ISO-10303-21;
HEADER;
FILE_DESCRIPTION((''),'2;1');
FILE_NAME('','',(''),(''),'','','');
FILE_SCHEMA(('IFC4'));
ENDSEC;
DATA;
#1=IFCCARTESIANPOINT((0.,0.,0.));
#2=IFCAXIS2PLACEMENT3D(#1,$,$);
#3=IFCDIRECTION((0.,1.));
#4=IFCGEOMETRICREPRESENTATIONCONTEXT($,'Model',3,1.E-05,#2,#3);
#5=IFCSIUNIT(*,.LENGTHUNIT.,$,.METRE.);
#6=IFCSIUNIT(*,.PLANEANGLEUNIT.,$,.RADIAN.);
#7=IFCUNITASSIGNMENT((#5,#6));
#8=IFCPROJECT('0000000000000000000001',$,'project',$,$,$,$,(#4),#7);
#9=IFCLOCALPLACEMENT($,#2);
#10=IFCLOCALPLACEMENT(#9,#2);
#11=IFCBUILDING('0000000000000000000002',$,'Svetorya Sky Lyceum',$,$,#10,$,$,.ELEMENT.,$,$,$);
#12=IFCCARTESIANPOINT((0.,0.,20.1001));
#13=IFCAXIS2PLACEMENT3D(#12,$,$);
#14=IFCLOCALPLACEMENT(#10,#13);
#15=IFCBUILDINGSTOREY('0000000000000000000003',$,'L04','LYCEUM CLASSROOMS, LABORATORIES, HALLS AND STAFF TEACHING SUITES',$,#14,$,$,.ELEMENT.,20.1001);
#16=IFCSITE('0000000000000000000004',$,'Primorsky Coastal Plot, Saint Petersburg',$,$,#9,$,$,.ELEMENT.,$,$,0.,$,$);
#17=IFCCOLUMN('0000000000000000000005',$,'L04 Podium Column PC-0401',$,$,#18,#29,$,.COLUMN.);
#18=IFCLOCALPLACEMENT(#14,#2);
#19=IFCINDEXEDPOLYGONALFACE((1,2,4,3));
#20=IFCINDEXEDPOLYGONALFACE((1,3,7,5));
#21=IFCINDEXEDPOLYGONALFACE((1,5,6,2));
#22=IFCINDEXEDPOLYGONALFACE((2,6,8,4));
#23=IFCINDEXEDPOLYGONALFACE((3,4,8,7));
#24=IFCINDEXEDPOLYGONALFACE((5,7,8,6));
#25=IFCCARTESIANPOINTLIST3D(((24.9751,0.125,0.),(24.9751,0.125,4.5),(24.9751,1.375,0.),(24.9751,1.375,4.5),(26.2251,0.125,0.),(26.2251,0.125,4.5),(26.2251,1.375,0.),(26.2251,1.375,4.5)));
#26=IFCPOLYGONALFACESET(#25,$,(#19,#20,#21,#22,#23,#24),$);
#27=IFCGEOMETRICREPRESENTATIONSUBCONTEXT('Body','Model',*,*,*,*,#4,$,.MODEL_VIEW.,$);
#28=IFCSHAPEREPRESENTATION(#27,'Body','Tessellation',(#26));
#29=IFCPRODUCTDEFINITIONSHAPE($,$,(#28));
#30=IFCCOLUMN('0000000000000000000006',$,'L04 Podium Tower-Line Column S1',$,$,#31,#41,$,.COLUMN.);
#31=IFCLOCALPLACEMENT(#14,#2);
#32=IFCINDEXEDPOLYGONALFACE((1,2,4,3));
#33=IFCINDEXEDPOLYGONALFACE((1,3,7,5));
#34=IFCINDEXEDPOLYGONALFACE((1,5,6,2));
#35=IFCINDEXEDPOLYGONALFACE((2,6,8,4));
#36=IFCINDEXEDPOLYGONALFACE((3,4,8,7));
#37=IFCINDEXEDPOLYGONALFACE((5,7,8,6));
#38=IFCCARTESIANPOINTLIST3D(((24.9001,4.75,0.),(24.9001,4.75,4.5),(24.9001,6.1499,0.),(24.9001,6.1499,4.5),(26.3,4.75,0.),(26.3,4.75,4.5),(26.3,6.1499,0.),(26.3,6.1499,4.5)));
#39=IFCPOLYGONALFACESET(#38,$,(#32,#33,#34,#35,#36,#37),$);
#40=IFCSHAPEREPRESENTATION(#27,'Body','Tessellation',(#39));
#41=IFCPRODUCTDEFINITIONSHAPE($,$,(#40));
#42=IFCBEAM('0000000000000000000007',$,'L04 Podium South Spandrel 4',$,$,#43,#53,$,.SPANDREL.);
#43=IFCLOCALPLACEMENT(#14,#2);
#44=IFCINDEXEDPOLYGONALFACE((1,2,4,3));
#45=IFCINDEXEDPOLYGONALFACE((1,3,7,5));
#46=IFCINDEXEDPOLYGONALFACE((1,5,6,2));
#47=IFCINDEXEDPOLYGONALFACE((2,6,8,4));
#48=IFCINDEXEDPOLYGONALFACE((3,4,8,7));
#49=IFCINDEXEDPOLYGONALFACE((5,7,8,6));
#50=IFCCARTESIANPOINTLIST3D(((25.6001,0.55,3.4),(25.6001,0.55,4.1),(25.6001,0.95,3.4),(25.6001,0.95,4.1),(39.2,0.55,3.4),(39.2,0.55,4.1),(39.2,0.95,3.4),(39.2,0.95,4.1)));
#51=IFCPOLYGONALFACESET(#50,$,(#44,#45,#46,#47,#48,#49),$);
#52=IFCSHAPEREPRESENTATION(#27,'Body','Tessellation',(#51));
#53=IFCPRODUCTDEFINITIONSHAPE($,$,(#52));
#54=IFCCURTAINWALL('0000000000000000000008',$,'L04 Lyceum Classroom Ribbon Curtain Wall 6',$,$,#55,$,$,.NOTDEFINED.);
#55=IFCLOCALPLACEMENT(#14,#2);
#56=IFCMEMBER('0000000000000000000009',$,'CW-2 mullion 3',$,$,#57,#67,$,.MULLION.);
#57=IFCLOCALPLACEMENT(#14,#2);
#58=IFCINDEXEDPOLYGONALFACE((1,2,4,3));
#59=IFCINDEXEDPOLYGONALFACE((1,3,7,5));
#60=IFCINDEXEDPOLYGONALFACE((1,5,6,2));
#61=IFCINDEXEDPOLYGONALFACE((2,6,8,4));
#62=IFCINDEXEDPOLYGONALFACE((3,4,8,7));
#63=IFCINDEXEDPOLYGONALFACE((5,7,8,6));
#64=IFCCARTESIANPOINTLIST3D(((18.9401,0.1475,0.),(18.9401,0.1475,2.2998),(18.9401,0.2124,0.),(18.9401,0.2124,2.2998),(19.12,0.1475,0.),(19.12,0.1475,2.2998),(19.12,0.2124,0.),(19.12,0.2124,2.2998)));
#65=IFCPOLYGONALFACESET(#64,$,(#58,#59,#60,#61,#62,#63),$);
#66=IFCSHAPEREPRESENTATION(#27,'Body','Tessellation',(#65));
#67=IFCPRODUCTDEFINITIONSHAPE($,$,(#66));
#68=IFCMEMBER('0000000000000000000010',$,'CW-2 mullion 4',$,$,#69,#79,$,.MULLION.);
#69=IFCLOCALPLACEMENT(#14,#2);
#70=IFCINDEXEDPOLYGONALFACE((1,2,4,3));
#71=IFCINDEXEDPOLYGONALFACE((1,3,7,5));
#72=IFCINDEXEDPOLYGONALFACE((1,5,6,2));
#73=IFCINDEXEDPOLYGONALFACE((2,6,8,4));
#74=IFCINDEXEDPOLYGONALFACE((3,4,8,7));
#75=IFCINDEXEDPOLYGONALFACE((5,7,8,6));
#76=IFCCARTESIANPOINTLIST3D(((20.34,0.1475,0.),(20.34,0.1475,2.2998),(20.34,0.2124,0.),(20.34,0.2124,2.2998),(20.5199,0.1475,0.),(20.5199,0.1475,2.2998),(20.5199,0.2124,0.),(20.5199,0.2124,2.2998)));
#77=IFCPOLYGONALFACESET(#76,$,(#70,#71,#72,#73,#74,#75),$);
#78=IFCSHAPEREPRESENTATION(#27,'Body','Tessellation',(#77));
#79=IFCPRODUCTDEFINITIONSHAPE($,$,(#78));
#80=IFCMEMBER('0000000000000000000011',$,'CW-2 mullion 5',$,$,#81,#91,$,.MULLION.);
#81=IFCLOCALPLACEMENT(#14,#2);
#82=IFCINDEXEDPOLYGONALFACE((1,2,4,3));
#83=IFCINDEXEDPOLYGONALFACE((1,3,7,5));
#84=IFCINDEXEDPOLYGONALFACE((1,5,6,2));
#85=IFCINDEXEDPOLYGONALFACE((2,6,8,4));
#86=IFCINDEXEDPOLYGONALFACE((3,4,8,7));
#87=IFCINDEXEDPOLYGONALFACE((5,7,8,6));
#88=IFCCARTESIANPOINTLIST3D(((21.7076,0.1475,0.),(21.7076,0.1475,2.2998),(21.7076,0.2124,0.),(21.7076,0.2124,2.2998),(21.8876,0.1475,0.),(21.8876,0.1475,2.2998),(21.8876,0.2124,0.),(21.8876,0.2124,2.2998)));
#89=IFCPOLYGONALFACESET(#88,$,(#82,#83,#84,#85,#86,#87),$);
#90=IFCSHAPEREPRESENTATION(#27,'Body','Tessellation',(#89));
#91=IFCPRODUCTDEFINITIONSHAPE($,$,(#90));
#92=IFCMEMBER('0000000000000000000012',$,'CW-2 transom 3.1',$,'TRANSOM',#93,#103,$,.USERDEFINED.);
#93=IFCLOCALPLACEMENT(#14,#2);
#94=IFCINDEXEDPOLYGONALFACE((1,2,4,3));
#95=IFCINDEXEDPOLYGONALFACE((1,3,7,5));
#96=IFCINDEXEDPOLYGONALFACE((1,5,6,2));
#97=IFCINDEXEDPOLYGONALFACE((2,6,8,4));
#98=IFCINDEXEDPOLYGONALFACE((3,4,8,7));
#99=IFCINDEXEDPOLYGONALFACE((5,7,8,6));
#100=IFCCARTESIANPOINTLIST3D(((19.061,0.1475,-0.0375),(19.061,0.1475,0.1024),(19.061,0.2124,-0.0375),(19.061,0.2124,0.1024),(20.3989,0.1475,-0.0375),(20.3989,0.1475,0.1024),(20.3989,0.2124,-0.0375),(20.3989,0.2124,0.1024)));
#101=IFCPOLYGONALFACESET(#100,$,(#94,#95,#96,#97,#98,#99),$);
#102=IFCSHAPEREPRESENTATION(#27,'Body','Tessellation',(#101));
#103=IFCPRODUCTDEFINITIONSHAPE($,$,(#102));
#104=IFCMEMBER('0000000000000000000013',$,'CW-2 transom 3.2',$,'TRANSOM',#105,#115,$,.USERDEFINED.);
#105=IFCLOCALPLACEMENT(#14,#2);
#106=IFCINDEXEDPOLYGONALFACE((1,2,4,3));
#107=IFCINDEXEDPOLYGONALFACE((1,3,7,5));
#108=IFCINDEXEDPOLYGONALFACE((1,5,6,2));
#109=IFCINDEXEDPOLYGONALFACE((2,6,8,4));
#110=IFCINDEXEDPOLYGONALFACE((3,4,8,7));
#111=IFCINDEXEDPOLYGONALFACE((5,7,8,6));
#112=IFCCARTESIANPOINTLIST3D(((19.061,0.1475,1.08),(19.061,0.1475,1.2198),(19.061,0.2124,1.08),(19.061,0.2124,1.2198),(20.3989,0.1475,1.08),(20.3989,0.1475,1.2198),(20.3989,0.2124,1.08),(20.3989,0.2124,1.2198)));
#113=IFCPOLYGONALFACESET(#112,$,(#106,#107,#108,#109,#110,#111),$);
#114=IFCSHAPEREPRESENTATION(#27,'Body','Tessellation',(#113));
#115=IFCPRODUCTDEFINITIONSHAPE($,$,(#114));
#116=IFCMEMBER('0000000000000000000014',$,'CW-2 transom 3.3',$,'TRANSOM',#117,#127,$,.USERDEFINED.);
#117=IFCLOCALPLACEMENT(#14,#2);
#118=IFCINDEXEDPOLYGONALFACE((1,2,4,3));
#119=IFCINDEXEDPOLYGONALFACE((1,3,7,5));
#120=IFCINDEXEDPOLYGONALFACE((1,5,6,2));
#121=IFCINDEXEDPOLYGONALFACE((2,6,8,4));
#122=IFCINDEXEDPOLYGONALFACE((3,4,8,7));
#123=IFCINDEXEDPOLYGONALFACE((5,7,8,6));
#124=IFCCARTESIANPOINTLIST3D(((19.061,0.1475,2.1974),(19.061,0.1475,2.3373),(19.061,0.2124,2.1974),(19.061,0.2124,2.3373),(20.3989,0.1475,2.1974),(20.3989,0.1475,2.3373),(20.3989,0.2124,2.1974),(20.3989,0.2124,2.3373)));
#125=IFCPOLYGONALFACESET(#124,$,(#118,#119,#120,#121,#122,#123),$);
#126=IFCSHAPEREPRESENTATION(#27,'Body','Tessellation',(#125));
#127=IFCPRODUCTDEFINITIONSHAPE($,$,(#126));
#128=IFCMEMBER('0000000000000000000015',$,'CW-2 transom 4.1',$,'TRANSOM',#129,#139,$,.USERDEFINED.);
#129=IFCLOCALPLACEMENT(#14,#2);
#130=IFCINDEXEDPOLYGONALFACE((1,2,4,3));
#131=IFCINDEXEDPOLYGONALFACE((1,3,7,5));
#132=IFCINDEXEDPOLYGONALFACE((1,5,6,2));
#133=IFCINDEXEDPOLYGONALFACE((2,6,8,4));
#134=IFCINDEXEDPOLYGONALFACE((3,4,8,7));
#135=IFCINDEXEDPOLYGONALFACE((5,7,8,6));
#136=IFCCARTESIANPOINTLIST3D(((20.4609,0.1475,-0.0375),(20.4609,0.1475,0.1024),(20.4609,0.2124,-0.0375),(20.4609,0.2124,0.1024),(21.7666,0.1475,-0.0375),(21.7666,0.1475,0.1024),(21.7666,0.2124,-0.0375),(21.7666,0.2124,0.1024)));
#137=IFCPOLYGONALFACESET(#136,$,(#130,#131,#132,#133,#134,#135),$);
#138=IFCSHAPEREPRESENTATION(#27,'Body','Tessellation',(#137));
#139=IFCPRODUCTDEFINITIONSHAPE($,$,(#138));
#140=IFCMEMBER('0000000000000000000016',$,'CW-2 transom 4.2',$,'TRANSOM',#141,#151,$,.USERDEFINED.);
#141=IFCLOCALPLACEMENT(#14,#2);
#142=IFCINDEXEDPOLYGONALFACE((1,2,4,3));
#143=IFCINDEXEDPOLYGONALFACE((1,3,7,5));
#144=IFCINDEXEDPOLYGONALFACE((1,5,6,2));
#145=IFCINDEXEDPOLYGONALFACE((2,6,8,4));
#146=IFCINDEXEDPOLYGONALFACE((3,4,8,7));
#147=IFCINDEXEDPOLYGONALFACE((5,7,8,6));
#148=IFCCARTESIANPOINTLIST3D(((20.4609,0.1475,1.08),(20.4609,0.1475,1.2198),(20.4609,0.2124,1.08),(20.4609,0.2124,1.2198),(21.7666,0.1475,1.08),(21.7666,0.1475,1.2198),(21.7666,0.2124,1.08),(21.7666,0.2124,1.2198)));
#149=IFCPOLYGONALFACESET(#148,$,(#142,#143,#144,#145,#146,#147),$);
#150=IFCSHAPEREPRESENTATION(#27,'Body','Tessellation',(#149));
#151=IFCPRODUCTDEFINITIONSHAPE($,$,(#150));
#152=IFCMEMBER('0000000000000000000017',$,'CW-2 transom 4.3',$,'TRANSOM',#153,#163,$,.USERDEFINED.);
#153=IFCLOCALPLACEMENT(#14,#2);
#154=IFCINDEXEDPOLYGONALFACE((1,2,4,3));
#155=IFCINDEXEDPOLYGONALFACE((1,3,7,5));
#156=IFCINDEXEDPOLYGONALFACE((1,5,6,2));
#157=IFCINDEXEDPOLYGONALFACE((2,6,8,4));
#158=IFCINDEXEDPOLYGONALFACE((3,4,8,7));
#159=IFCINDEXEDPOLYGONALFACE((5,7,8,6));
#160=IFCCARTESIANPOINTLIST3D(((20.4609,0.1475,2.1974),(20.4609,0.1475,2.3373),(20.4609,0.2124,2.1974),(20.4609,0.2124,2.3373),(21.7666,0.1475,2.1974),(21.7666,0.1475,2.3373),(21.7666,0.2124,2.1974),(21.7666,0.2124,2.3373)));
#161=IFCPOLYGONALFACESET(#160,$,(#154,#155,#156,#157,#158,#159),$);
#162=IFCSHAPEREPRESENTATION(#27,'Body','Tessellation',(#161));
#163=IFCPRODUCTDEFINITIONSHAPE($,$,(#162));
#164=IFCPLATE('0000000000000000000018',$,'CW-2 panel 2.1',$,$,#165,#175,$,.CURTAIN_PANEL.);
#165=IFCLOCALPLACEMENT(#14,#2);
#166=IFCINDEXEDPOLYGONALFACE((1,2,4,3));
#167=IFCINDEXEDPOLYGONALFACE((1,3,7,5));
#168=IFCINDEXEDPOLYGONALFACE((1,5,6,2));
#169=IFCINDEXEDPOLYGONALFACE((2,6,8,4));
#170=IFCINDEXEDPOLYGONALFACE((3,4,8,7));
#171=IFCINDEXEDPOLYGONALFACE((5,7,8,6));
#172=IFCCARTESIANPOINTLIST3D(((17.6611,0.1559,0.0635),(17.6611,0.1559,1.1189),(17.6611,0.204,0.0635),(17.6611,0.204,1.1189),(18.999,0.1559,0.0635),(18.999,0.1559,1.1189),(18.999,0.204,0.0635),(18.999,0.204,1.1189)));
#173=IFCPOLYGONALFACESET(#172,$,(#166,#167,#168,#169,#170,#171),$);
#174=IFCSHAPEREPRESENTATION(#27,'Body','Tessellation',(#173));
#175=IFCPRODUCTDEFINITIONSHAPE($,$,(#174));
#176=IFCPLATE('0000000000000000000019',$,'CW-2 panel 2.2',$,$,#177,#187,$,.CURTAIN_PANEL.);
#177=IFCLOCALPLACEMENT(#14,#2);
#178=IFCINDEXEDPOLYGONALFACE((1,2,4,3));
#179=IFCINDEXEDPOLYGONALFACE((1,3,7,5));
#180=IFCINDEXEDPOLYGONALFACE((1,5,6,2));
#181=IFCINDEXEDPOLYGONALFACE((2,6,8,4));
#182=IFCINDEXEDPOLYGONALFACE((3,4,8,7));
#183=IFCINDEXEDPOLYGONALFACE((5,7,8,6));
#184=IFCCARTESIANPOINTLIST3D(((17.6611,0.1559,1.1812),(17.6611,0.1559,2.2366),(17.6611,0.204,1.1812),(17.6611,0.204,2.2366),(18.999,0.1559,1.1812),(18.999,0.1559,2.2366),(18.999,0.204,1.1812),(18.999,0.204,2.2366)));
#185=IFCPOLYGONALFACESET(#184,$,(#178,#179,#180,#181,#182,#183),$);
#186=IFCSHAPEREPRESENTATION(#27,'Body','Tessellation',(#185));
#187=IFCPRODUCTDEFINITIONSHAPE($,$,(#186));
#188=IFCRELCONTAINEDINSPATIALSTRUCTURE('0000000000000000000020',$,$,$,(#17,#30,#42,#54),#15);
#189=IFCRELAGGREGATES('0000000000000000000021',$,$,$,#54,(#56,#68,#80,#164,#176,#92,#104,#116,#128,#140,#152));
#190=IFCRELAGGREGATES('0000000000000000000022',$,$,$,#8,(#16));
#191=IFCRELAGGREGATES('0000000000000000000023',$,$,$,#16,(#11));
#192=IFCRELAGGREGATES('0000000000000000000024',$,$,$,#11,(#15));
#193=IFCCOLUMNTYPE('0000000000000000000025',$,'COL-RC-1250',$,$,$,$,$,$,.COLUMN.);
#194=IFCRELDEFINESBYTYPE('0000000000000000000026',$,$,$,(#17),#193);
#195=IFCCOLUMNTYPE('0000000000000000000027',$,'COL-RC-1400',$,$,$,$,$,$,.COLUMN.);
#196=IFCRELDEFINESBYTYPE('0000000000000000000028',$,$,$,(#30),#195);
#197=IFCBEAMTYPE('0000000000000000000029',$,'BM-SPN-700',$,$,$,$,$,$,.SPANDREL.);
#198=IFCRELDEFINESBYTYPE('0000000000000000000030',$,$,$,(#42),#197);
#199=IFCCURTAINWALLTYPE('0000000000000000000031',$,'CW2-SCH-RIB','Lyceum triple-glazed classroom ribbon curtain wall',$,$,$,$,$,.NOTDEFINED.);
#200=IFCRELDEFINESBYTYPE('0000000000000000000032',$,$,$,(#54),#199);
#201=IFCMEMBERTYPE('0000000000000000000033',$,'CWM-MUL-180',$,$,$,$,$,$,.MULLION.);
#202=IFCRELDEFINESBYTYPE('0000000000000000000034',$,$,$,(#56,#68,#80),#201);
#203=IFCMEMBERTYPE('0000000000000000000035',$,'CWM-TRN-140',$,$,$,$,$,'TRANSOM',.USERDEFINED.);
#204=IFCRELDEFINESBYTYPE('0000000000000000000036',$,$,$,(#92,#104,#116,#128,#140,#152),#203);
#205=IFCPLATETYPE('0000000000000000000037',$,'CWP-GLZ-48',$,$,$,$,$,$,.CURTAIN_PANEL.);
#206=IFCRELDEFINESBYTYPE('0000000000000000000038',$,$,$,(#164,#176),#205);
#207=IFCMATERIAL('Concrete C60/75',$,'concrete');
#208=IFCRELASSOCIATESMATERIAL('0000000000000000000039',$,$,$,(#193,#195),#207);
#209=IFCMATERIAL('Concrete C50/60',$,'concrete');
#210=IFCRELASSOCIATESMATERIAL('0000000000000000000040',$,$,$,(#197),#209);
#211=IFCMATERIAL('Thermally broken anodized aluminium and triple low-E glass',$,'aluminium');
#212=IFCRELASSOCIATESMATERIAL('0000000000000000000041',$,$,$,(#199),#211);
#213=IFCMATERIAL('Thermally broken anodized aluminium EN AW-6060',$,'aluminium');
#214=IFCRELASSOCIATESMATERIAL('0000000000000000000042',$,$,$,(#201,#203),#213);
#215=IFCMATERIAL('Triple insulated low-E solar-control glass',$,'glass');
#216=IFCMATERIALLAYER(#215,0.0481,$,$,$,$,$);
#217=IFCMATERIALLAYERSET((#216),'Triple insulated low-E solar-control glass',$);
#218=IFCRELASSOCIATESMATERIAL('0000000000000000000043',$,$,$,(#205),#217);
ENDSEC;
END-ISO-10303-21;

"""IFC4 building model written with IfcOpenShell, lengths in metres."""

from ifc_helpers import new_model, si_unit, direction, frame, origin, origin_2d, place, context, subcontext, project, spatial, rectangle, extrude, material, layer, layer_set, material_profile, profile_set, type_object, element, aggregate, save


model = new_model("IFC4")

# Units and contexts
model_context = context("Model", 3, precision=1e-05, world=origin(), true_north=direction((0.0, 1.0)))
body_context = subcontext(model_context, "Body", "Model", "MODEL_VIEW")
ifc_project = project(units=[si_unit("LENGTHUNIT", "METRE"), si_unit("PLANEANGLEUNIT", "RADIAN")], contexts=[model_context])

# Site, building, storey
site_placement = place(None, origin())
site = spatial("IfcSite", under=ifc_project, at=site_placement, Name="Primorsky Coastal Plot, Saint Petersburg", CompositionType="ELEMENT", RefElevation=0.0)
building_placement = place(site_placement, origin())
building = spatial("IfcBuilding", under=site, at=building_placement, Name="Svetorya Sky Lyceum", CompositionType="ELEMENT")
storey_placement = place(building_placement, frame((0.0, 0.0, 20.1001)))
storey = spatial("IfcBuildingStorey", under=building, at=storey_placement, Name="L04", Description="LYCEUM CLASSROOMS, LABORATORIES, HALLS AND STAFF TEACHING SUITES", CompositionType="ELEMENT", Elevation=20.1001)

# Columns
ifc_material_1 = material(Name="Concrete C60/75", Category="concrete")
ifc_material_profile_1 = material_profile(ifc_material_1, rectangle(XDim=1.25, YDim=1.25, at=origin_2d()), Name="RC COL 1250x1250")
ifc_profile_set_1 = profile_set([ifc_material_profile_1], Name="Concrete C60/75")
column_type_1 = type_object("IfcColumnType", Name="COL-RC-1250", PredefinedType="COLUMN", material=ifc_profile_set_1)
column_1_placement = place(storey_placement, frame((25.6001, 0.75, 0.0), z_axis=(0.0, 0.0, 1.0), x_axis=(1.0, 0.0, 0.0)))
element("IfcColumn", 1, at=column_1_placement, inside=storey, type_object=column_type_1, Name="L04 Podium Column PC-0401", PredefinedType="COLUMN", context=body_context, shape_type="SweptSolid", body=[
    extrude(rectangle(XDim=1.25, YDim=1.25, at=origin_2d()), origin(), (0.0, 0.0, 1.0), 4.5),
])
ifc_material_profile_2 = material_profile(ifc_material_1, rectangle(XDim=1.3999, YDim=1.3999, at=origin_2d()), Name="RC COL 1400x1400")
ifc_profile_set_2 = profile_set([ifc_material_profile_2], Name="Concrete C60/75")
column_type_2 = type_object("IfcColumnType", Name="COL-RC-1400", PredefinedType="COLUMN", material=ifc_profile_set_2)
column_2_placement = place(storey_placement, frame((25.6001, 5.45, 0.0), z_axis=(0.0, 0.0, 1.0), x_axis=(1.0, 0.0, 0.0)))
element("IfcColumn", 2, at=column_2_placement, inside=storey, type_object=column_type_2, Name="L04 Podium Tower-Line Column S1", PredefinedType="COLUMN", context=body_context, shape_type="SweptSolid", body=[
    extrude(rectangle(XDim=1.3999, YDim=1.3999, at=origin_2d()), origin(), (0.0, 0.0, 1.0), 4.5),
])

# Beam
ifc_material_2 = material(Name="Concrete C50/60", Category="concrete")
ifc_material_profile_3 = material_profile(ifc_material_2, rectangle(XDim=0.3999, YDim=0.7, at=origin_2d()), Name="RC SPANDREL 400x700")
ifc_profile_set_3 = profile_set([ifc_material_profile_3], Name="Concrete C50/60")
beam_type = type_object("IfcBeamType", Name="BM-SPN-700", PredefinedType="SPANDREL", material=ifc_profile_set_3)
beam_placement = place(storey_placement, frame((25.6001, 0.75, 3.75), z_axis=(1.0, 0.0, 0.0), x_axis=(0.0, 1.0, 0.0)))
element("IfcBeam", 3, at=beam_placement, inside=storey, type_object=beam_type, Name="L04 Podium South Spandrel 4", PredefinedType="SPANDREL", context=body_context, shape_type="SweptSolid", body=[
    extrude(rectangle(XDim=0.3999, YDim=0.7, at=origin_2d()), origin(), (0.0, 0.0, 1.0), 13.5999),
])

# Curtain wall, members, plates
ifc_material_3 = material(Name="Thermally broken anodized aluminium and triple low-E glass", Category="aluminium")
curtain_wall_type = type_object("IfcCurtainWallType", Name="CW2-SCH-RIB", Description="Lyceum triple-glazed classroom ribbon curtain wall", PredefinedType="NOTDEFINED", material=ifc_material_3)
curtain_wall_placement = place(storey_placement, origin())
curtain_wall = element("IfcCurtainWall", 4, at=curtain_wall_placement, inside=storey, type_object=curtain_wall_type, Name="L04 Lyceum Classroom Ribbon Curtain Wall 6", PredefinedType="NOTDEFINED")
ifc_material_4 = material(Name="Thermally broken anodized aluminium EN AW-6060", Category="aluminium")
ifc_material_profile_4 = material_profile(ifc_material_4, rectangle(XDim=0.0649, YDim=0.1799, at=origin_2d()), Name="ALU MULLION 65x180")
ifc_profile_set_4 = profile_set([ifc_material_profile_4], Name="Thermally broken anodized aluminium EN AW-6060")
member_type_1 = type_object("IfcMemberType", Name="CWM-MUL-180", PredefinedType="MULLION", material=ifc_profile_set_4)
member_1_placement = place(storey_placement, frame((19.03, 0.1799, 0.0), z_axis=(0.0, 0.0, 1.0), x_axis=(0.0, 1.0, 0.0)))
member_1 = element("IfcMember", 5, at=member_1_placement, type_object=member_type_1, Name="CW-2 mullion 3", PredefinedType="MULLION", context=body_context, shape_type="SweptSolid", body=[
    extrude(rectangle(XDim=0.0649, YDim=0.1799, at=origin_2d()), origin(), (0.0, 0.0, 1.0), 2.2998),
])
member_2_placement = place(storey_placement, frame((20.4299, 0.1799, 0.0), z_axis=(0.0, 0.0, 1.0), x_axis=(0.0, 1.0, 0.0)))
member_2 = element("IfcMember", 6, at=member_2_placement, type_object=member_type_1, Name="CW-2 mullion 4", PredefinedType="MULLION", context=body_context, shape_type="SweptSolid", body=[
    extrude(rectangle(XDim=0.0649, YDim=0.1799, at=origin_2d()), origin(), (0.0, 0.0, 1.0), 2.2998),
])
member_3_placement = place(storey_placement, frame((21.7976, 0.1799, 0.0), z_axis=(0.0, 0.0, 1.0), x_axis=(0.0, 1.0, 0.0)))
member_3 = element("IfcMember", 7, at=member_3_placement, type_object=member_type_1, Name="CW-2 mullion 5", PredefinedType="MULLION", context=body_context, shape_type="SweptSolid", body=[
    extrude(rectangle(XDim=0.0649, YDim=0.1799, at=origin_2d()), origin(), (0.0, 0.0, 1.0), 2.2998),
])
ifc_material_profile_5 = material_profile(ifc_material_4, rectangle(XDim=0.0649, YDim=0.1399, at=origin_2d()), Name="ALU TRANSOM 65x140")
ifc_profile_set_5 = profile_set([ifc_material_profile_5], Name="Thermally broken anodized aluminium EN AW-6060")
member_type_2 = type_object("IfcMemberType", Name="CWM-TRN-140", ElementType="TRANSOM", PredefinedType="USERDEFINED", material=ifc_profile_set_5)
member_4_placement = place(storey_placement, frame((19.061, 0.1799, 0.0325), z_axis=(1.0, 0.0, 0.0), x_axis=(0.0, 1.0, 0.0)))
member_4 = element("IfcMember", 8, at=member_4_placement, type_object=member_type_2, Name="CW-2 transom 3.1", ObjectType="TRANSOM", PredefinedType="USERDEFINED", context=body_context, shape_type="SweptSolid", body=[
    extrude(rectangle(XDim=0.0649, YDim=0.1399, at=origin_2d()), origin(), (0.0, 0.0, 1.0), 1.3379),
])
member_5_placement = place(storey_placement, frame((19.061, 0.1799, 1.1499), z_axis=(1.0, 0.0, 0.0), x_axis=(0.0, 1.0, 0.0)))
member_5 = element("IfcMember", 9, at=member_5_placement, type_object=member_type_2, Name="CW-2 transom 3.2", ObjectType="TRANSOM", PredefinedType="USERDEFINED", context=body_context, shape_type="SweptSolid", body=[
    extrude(rectangle(XDim=0.0649, YDim=0.1399, at=origin_2d()), origin(), (0.0, 0.0, 1.0), 1.3379),
])
member_6_placement = place(storey_placement, frame((19.061, 0.1799, 2.2673), z_axis=(1.0, 0.0, 0.0), x_axis=(0.0, 1.0, 0.0)))
member_6 = element("IfcMember", 10, at=member_6_placement, type_object=member_type_2, Name="CW-2 transom 3.3", ObjectType="TRANSOM", PredefinedType="USERDEFINED", context=body_context, shape_type="SweptSolid", body=[
    extrude(rectangle(XDim=0.0649, YDim=0.1399, at=origin_2d()), origin(), (0.0, 0.0, 1.0), 1.3379),
])
member_7_placement = place(storey_placement, frame((20.4609, 0.1799, 0.0325), z_axis=(1.0, 0.0, 0.0), x_axis=(0.0, 1.0, 0.0)))
member_7 = element("IfcMember", 11, at=member_7_placement, type_object=member_type_2, Name="CW-2 transom 4.1", ObjectType="TRANSOM", PredefinedType="USERDEFINED", context=body_context, shape_type="SweptSolid", body=[
    extrude(rectangle(XDim=0.0649, YDim=0.1399, at=origin_2d()), origin(), (0.0, 0.0, 1.0), 1.3057),
])
member_8_placement = place(storey_placement, frame((20.4609, 0.1799, 1.1499), z_axis=(1.0, 0.0, 0.0), x_axis=(0.0, 1.0, 0.0)))
member_8 = element("IfcMember", 12, at=member_8_placement, type_object=member_type_2, Name="CW-2 transom 4.2", ObjectType="TRANSOM", PredefinedType="USERDEFINED", context=body_context, shape_type="SweptSolid", body=[
    extrude(rectangle(XDim=0.0649, YDim=0.1399, at=origin_2d()), origin(), (0.0, 0.0, 1.0), 1.3057),
])
member_9_placement = place(storey_placement, frame((20.4609, 0.1799, 2.2673), z_axis=(1.0, 0.0, 0.0), x_axis=(0.0, 1.0, 0.0)))
member_9 = element("IfcMember", 13, at=member_9_placement, type_object=member_type_2, Name="CW-2 transom 4.3", ObjectType="TRANSOM", PredefinedType="USERDEFINED", context=body_context, shape_type="SweptSolid", body=[
    extrude(rectangle(XDim=0.0649, YDim=0.1399, at=origin_2d()), origin(), (0.0, 0.0, 1.0), 1.3057),
])
ifc_material_5 = material(Name="Triple insulated low-E solar-control glass", Category="glass")
ifc_layer_1 = layer(ifc_material_5, 0.0481)
ifc_layer_set_1 = layer_set([ifc_layer_1], Name="Triple insulated low-E solar-control glass")
plate_type = type_object("IfcPlateType", Name="CWP-GLZ-48", PredefinedType="CURTAIN_PANEL", material=ifc_layer_set_1)
plate_1_placement = place(storey_placement, frame((18.3301, 0.1799, 0.0635), z_axis=(0.0, 0.0, 1.0), x_axis=(1.0, 0.0, 0.0)))
plate_1 = element("IfcPlate", 14, at=plate_1_placement, type_object=plate_type, Name="CW-2 panel 2.1", PredefinedType="CURTAIN_PANEL", context=body_context, shape_type="SweptSolid", body=[
    extrude(rectangle(XDim=1.3379, YDim=0.0481, at=origin_2d()), origin(), (0.0, 0.0, 1.0), 1.0554),
])
plate_2_placement = place(storey_placement, frame((18.3301, 0.1799, 1.1812), z_axis=(0.0, 0.0, 1.0), x_axis=(1.0, 0.0, 0.0)))
plate_2 = element("IfcPlate", 15, at=plate_2_placement, type_object=plate_type, Name="CW-2 panel 2.2", PredefinedType="CURTAIN_PANEL", context=body_context, shape_type="SweptSolid", body=[
    extrude(rectangle(XDim=1.3379, YDim=0.0481, at=origin_2d()), origin(), (0.0, 0.0, 1.0), 1.0554),
])
aggregate(curtain_wall, [member_1, member_2, member_3, plate_1, plate_2, member_4, member_5, member_6, member_7, member_8, member_9])

save(model, "model.ifc")
